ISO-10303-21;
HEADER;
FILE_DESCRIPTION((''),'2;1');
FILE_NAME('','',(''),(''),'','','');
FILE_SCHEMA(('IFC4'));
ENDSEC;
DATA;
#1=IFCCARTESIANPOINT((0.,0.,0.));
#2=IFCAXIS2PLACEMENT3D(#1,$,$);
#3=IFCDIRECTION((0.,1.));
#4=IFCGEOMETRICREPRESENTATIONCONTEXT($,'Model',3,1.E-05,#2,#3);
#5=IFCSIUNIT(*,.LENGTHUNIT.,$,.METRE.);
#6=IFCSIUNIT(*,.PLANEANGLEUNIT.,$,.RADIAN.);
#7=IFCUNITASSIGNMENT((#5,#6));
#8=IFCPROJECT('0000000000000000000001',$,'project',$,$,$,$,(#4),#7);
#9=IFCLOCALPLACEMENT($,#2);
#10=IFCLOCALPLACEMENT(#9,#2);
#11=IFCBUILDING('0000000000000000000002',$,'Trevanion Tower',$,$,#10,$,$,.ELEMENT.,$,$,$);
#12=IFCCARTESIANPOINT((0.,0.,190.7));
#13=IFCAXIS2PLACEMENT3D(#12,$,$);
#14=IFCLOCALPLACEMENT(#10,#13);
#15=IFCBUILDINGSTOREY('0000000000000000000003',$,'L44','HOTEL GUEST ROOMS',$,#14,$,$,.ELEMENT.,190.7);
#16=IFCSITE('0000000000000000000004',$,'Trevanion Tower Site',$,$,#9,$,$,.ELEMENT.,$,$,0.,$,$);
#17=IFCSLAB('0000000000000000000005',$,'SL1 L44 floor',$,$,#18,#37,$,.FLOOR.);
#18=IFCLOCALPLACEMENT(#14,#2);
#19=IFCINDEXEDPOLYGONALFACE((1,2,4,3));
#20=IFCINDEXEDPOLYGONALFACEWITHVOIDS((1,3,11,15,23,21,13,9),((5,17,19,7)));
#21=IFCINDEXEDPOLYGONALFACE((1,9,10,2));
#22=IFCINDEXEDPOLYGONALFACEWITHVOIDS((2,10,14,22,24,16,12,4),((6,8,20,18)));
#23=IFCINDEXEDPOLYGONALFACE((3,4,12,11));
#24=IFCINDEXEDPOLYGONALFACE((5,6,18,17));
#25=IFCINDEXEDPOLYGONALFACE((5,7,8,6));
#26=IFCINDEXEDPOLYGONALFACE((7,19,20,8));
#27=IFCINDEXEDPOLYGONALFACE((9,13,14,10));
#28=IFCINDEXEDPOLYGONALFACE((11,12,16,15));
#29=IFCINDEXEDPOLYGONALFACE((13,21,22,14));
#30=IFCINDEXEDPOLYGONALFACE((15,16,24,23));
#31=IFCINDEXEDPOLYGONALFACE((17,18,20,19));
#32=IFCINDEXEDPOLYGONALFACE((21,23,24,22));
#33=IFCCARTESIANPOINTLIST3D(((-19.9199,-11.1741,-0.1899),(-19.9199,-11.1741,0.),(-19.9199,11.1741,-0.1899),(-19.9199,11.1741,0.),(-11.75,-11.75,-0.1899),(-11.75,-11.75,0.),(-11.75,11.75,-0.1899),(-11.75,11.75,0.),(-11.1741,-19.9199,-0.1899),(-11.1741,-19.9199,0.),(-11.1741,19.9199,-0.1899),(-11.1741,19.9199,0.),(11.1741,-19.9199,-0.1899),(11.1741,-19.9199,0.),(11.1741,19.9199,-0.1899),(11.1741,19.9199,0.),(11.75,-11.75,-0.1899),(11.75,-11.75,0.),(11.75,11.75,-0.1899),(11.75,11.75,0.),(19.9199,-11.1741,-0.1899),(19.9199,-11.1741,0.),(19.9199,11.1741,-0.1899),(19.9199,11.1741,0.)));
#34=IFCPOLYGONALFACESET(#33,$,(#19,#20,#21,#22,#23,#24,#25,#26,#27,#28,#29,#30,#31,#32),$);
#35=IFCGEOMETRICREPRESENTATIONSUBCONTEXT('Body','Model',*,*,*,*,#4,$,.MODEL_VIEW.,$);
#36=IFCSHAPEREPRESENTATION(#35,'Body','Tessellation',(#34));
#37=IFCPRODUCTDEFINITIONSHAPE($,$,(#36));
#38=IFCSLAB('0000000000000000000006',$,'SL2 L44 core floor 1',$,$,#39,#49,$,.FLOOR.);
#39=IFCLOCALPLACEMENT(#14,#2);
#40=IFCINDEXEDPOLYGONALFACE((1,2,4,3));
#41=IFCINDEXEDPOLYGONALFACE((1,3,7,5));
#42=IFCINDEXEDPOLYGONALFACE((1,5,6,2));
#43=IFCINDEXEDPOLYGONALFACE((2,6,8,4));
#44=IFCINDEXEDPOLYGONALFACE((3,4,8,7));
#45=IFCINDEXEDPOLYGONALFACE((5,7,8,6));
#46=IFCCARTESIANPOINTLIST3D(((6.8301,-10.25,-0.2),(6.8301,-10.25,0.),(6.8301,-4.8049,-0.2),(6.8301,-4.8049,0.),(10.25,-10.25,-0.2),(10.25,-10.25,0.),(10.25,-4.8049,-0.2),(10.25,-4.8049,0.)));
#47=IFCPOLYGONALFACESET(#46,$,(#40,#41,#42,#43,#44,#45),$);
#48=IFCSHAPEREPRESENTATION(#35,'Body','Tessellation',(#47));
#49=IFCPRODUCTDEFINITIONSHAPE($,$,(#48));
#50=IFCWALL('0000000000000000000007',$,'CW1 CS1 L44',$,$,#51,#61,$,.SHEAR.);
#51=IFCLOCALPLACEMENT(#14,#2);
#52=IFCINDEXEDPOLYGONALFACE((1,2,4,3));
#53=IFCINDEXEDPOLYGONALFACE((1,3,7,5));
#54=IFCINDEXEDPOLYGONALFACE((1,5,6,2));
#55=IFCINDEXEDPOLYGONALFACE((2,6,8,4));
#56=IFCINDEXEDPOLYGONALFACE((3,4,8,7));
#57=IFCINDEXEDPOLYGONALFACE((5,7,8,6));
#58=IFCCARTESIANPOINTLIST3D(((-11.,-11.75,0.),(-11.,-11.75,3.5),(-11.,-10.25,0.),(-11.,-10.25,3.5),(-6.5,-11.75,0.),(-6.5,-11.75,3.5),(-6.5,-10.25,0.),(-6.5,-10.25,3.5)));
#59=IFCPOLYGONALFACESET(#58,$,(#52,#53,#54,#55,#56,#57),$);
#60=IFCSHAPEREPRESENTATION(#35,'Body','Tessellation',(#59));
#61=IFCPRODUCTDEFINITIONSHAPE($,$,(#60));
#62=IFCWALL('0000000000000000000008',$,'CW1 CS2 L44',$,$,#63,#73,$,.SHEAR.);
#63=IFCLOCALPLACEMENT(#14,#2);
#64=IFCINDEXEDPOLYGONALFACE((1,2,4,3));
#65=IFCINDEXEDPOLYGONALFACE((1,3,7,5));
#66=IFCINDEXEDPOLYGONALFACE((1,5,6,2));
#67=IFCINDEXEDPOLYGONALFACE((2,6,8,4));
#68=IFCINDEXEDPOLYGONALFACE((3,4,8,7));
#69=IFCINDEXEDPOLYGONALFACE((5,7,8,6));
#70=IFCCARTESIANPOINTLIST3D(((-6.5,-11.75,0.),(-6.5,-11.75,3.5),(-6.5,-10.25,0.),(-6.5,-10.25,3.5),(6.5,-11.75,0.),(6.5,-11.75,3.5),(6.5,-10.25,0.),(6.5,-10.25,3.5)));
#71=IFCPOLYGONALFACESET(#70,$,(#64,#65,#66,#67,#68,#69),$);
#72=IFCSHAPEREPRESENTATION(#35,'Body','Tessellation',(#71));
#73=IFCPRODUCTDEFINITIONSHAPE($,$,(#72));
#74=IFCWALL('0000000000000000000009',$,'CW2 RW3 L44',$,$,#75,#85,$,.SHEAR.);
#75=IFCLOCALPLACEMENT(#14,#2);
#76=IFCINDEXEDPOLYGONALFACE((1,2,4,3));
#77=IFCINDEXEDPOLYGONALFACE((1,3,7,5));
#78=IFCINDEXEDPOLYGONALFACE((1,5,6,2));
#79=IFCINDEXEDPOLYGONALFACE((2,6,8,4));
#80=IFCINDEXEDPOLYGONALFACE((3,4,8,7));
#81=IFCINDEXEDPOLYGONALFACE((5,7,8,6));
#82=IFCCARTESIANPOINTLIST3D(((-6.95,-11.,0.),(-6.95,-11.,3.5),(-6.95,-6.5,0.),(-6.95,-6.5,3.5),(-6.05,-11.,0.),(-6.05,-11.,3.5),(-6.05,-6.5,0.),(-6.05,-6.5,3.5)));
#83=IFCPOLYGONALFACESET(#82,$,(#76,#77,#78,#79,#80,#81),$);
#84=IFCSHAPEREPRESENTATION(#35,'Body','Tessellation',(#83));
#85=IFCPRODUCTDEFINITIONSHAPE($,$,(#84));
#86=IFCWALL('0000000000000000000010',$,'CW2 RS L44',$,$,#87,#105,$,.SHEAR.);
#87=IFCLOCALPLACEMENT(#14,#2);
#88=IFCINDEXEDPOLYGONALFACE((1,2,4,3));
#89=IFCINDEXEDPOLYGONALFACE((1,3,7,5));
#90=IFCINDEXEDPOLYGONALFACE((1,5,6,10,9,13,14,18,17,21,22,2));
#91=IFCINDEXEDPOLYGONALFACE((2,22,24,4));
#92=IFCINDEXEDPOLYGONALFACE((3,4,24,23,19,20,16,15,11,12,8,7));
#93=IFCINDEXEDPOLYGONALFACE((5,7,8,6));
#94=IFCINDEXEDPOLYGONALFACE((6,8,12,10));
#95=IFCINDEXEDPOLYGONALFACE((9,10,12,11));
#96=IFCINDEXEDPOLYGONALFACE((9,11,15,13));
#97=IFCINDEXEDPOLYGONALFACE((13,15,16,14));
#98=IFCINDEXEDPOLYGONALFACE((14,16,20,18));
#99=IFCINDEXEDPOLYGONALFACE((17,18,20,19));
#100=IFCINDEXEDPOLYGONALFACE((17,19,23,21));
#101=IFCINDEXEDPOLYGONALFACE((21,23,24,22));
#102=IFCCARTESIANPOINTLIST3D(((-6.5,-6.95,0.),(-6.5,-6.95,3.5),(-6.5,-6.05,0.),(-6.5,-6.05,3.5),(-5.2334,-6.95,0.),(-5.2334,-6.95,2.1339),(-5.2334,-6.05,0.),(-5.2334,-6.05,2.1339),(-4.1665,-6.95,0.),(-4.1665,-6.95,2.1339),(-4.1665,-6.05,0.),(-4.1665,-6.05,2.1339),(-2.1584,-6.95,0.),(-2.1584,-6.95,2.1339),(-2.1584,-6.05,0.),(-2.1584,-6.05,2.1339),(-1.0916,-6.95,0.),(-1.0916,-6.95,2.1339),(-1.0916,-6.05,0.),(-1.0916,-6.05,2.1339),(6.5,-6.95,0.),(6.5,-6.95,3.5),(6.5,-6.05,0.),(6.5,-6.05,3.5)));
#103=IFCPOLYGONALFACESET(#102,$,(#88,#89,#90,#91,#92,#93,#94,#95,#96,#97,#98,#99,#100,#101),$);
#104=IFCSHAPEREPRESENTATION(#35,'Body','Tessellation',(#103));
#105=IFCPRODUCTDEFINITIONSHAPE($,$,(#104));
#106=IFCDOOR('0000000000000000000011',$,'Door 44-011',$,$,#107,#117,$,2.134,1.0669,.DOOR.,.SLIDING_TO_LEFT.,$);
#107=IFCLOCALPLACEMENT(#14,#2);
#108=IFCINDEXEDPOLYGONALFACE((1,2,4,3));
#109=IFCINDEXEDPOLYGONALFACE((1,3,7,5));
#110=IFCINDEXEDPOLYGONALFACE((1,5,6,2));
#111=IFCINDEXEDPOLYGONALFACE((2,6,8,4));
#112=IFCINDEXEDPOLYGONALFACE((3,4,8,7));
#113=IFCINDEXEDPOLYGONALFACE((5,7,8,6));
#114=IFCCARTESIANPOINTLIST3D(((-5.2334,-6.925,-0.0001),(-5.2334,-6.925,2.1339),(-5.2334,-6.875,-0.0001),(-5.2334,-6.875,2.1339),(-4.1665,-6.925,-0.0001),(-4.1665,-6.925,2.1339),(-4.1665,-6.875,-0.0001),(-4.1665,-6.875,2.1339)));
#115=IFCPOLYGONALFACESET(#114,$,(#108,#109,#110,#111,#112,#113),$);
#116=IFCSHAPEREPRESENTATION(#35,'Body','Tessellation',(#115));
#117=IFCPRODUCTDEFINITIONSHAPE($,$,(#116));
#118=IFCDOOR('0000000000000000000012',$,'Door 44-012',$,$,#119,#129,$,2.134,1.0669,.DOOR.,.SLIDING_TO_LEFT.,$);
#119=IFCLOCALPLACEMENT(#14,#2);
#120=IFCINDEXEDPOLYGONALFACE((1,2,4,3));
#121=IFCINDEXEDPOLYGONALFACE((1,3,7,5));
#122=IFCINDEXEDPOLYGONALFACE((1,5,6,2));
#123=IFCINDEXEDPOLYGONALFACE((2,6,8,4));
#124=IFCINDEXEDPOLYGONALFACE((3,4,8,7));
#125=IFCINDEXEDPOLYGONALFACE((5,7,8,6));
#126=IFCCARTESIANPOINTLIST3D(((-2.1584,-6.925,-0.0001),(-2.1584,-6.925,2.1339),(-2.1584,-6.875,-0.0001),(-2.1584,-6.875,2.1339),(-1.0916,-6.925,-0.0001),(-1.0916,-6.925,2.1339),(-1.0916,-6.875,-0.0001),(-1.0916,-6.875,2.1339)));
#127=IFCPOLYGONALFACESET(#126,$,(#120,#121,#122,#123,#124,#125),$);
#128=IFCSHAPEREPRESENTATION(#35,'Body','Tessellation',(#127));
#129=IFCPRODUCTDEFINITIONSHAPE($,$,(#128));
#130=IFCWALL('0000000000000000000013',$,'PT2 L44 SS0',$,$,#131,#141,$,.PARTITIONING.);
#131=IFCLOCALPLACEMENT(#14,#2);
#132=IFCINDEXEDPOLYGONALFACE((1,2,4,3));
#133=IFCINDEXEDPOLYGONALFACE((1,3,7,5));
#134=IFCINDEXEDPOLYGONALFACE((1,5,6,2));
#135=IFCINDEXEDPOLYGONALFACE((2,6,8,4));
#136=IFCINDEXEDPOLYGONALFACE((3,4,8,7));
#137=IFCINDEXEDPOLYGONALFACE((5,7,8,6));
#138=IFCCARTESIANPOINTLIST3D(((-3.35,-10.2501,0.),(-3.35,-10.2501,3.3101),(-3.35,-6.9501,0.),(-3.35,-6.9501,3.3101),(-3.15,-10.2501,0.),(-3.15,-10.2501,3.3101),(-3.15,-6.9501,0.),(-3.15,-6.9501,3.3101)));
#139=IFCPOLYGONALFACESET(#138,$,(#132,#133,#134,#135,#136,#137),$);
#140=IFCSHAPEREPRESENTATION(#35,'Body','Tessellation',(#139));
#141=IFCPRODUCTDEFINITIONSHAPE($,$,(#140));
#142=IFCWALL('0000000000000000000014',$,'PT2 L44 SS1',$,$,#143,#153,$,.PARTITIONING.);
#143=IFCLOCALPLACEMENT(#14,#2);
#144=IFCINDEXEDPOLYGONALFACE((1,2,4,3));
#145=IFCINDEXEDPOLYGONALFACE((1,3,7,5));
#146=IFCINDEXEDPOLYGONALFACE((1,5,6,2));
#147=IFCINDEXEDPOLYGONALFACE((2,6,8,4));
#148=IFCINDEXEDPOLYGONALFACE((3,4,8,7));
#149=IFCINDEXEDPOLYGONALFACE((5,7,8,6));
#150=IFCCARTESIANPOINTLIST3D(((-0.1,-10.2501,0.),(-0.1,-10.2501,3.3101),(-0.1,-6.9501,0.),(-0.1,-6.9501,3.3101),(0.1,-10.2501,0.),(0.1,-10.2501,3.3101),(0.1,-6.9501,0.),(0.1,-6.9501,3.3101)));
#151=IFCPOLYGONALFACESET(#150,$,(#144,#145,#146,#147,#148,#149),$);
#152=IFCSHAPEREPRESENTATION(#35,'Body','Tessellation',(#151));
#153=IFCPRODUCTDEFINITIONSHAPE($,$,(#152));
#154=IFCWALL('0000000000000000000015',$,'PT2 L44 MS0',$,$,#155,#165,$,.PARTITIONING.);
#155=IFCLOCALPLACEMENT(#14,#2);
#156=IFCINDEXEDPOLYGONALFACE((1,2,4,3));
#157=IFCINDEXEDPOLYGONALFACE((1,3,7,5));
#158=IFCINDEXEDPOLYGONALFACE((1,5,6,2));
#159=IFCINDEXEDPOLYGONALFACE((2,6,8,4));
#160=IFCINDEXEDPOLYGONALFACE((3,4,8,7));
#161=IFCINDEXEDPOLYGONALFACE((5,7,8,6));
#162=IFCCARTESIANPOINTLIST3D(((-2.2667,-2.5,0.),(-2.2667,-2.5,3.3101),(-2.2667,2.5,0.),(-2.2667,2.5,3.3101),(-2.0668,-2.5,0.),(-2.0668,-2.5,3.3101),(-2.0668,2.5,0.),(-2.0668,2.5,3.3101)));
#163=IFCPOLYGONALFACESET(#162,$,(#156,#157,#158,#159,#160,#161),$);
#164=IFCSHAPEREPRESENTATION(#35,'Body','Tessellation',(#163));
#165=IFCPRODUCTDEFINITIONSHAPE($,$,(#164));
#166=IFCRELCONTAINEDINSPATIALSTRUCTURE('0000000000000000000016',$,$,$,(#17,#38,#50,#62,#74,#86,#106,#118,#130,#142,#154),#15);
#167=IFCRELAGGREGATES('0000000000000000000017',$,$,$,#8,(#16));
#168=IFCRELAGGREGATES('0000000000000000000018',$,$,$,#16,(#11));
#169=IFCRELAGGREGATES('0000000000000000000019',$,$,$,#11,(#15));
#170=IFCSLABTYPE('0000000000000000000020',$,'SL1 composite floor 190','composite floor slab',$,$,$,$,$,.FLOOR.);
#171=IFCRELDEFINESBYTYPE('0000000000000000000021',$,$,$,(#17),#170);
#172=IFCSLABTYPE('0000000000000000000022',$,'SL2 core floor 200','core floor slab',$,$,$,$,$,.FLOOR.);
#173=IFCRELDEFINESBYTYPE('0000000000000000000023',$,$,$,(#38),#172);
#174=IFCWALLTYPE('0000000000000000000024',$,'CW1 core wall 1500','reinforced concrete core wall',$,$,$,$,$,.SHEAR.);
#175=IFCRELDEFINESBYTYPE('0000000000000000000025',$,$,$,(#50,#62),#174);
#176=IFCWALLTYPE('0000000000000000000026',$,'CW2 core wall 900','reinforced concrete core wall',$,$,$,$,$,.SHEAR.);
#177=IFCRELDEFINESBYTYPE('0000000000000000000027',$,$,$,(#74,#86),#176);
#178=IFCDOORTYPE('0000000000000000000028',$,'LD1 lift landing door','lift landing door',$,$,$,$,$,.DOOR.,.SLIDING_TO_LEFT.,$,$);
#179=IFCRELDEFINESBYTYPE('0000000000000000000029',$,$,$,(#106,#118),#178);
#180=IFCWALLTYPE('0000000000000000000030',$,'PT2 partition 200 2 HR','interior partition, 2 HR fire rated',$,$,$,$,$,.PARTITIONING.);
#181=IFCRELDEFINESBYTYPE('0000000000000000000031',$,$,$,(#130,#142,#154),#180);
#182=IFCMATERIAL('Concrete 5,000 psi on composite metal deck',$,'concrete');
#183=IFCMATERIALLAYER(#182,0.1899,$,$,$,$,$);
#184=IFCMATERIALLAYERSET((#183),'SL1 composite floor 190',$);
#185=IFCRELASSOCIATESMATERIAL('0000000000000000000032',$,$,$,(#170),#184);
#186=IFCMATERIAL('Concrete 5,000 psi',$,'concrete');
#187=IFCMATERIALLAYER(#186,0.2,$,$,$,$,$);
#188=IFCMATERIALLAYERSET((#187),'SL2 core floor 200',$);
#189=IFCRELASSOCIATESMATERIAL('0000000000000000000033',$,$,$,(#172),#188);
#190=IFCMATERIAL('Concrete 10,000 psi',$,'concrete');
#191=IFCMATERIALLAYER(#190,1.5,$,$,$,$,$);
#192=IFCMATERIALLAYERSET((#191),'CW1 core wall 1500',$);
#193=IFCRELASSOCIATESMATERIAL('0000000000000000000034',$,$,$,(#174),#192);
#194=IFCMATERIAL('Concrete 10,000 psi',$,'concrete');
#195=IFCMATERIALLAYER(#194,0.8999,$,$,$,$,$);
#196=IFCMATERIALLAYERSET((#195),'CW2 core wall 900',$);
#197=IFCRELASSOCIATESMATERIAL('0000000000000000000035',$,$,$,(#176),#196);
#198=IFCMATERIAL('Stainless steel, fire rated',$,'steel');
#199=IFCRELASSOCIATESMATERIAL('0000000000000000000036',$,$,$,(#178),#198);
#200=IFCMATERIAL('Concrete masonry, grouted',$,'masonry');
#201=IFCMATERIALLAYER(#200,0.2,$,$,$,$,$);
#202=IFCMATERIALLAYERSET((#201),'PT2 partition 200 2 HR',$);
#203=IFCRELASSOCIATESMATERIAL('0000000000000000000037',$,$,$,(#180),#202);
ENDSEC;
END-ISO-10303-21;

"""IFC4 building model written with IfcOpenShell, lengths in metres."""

from ifc_helpers import new_model, si_unit, direction, frame, frame_2d, origin, place, context, subcontext, project, spatial, polyline, rectangle, outline, extrude, material, layer, layer_set, type_object, element, fill, save


model = new_model("IFC4")

# Units and contexts
model_context = context("Model", 3, precision=1e-05, world=origin(), true_north=direction((0.0, 1.0)))
body_context = subcontext(model_context, "Body", "Model", "MODEL_VIEW")
ifc_project = project(units=[si_unit("LENGTHUNIT", "METRE"), si_unit("PLANEANGLEUNIT", "RADIAN")], contexts=[model_context])

# Site, building, storey
site_placement = place(None, origin())
site = spatial("IfcSite", under=ifc_project, at=site_placement, Name="Trevanion Tower Site", CompositionType="ELEMENT", RefElevation=0.0)
building_placement = place(site_placement, origin())
building = spatial("IfcBuilding", under=site, at=building_placement, Name="Trevanion Tower", CompositionType="ELEMENT")
storey_placement = place(building_placement, frame((0.0, 0.0, 190.7)))
storey = spatial("IfcBuildingStorey", under=building, at=storey_placement, Name="L44", Description="HOTEL GUEST ROOMS", CompositionType="ELEMENT", Elevation=190.7)

# Slabs
ifc_material_1 = material(Name="Concrete 5,000 psi on composite metal deck", Category="concrete")
ifc_layer_1 = layer(ifc_material_1, 0.1899)
ifc_layer_set_1 = layer_set([ifc_layer_1], Name="SL1 composite floor 190")
slab_type_1 = type_object("IfcSlabType", Name="SL1 composite floor 190", Description="composite floor slab", PredefinedType="FLOOR", material=ifc_layer_set_1)
slab_1_placement = place(storey_placement, frame((0.0, 0.0, -0.1899)))
element("IfcSlab", 1, at=slab_1_placement, inside=storey, type_object=slab_type_1, Name="SL1 L44 floor", PredefinedType="FLOOR", context=body_context, shape_type="SweptSolid", body=[
    extrude(outline(polyline([(19.9199, -11.1741), (19.9199, 11.1741), (11.1741, 19.9199), (-11.1741, 19.9199), (-19.9199, 11.1741), (-19.9199, -11.1741), (-11.1741, -19.9199), (11.1741, -19.9199), (19.9199, -11.1741)]), holes=[polyline([(11.75, -11.75), (11.75, 11.75), (-11.75, 11.75), (-11.75, -11.75), (11.75, -11.75)])]), origin(), (0.0, 0.0, 1.0), 0.1899),
])
ifc_material_2 = material(Name="Concrete 5,000 psi", Category="concrete")
ifc_layer_2 = layer(ifc_material_2, 0.2)
ifc_layer_set_2 = layer_set([ifc_layer_2], Name="SL2 core floor 200")
slab_type_2 = type_object("IfcSlabType", Name="SL2 core floor 200", Description="core floor slab", PredefinedType="FLOOR", material=ifc_layer_set_2)
slab_2_placement = place(storey_placement, frame((0.0, 0.0, -0.2)))
element("IfcSlab", 2, at=slab_2_placement, inside=storey, type_object=slab_type_2, Name="SL2 L44 core floor 1", PredefinedType="FLOOR", context=body_context, shape_type="SweptSolid", body=[
    extrude(outline(polyline([(10.25, -4.8049), (10.25, -10.25), (6.8301, -10.25), (6.8301, -4.8049), (10.25, -4.8049)])), origin(), (0.0, 0.0, 1.0), 0.2),
])

# Walls
ifc_material_3 = material(Name="Concrete 10,000 psi", Category="concrete")
ifc_layer_3 = layer(ifc_material_3, 1.5)
ifc_layer_set_3 = layer_set([ifc_layer_3], Name="CW1 core wall 1500")
wall_type_1 = type_object("IfcWallType", Name="CW1 core wall 1500", Description="reinforced concrete core wall", PredefinedType="SHEAR", material=ifc_layer_set_3)
wall_1_placement = place(storey_placement, frame((-11.0, -11.0, 0.0), z_axis=(0.0, 0.0, 1.0), x_axis=(1.0, 0.0, 0.0)))
element("IfcWall", 3, at=wall_1_placement, inside=storey, type_object=wall_type_1, Name="CW1 CS1 L44", PredefinedType="SHEAR", context=body_context, shape_type="SweptSolid", body=[
    extrude(rectangle(XDim=4.5, YDim=1.5, at=frame_2d((2.25, 0.0))), origin(), (0.0, 0.0, 1.0), 3.5),
])
wall_2_placement = place(storey_placement, frame((-6.5, -11.0, 0.0), z_axis=(0.0, 0.0, 1.0), x_axis=(1.0, 0.0, 0.0)))
element("IfcWall", 4, at=wall_2_placement, inside=storey, type_object=wall_type_1, Name="CW1 CS2 L44", PredefinedType="SHEAR", context=body_context, shape_type="SweptSolid", body=[
    extrude(rectangle(XDim=13.0, YDim=1.5, at=frame_2d((6.5, 0.0))), origin(), (0.0, 0.0, 1.0), 3.5),
])
ifc_material_4 = material(Name="Concrete 10,000 psi", Category="concrete")
ifc_layer_4 = layer(ifc_material_4, 0.8999)
ifc_layer_set_4 = layer_set([ifc_layer_4], Name="CW2 core wall 900")
wall_type_2 = type_object("IfcWallType", Name="CW2 core wall 900", Description="reinforced concrete core wall", PredefinedType="SHEAR", material=ifc_layer_set_4)
wall_3_placement = place(storey_placement, frame((-6.5, -6.5, 0.0), z_axis=(0.0, 0.0, 1.0), x_axis=(0.0, -1.0, 0.0)))
element("IfcWall", 5, at=wall_3_placement, inside=storey, type_object=wall_type_2, Name="CW2 RW3 L44", PredefinedType="SHEAR", context=body_context, shape_type="SweptSolid", body=[
    extrude(rectangle(XDim=4.5, YDim=0.8999, at=frame_2d((2.25, 0.0))), origin(), (0.0, 0.0, 1.0), 3.5),
])

# Wall, openings, doors
wall_4_placement = place(storey_placement, frame((-6.5, -6.5, 0.0), z_axis=(0.0, 0.0, 1.0), x_axis=(1.0, 0.0, 0.0)))
wall_4 = element("IfcWall", 6, at=wall_4_placement, inside=storey, type_object=wall_type_2, Name="CW2 RS L44", PredefinedType="SHEAR", context=body_context, shape_type="SweptSolid", body=[
    extrude(rectangle(XDim=13.0, YDim=0.8999, at=frame_2d((6.5, 0.0))), origin(), (0.0, 0.0, 1.0), 3.5),
])
opening_1_placement = place(wall_4_placement, frame((1.2666, 0.0, 0.0)))
opening_1 = element("IfcOpeningElement", 7, at=opening_1_placement, cuts=wall_4, PredefinedType="OPENING", context=body_context, shape_type="SweptSolid", body=[
    extrude(rectangle(XDim=1.0669, YDim=2.134, at=frame_2d((0.5334, 1.0669))), frame((0.0, 0.46, 0.0), z_axis=(0.0, -1.0, 0.0), x_axis=(1.0, 0.0, 0.0)), (0.0, 0.0, 1.0), 0.9199),
])
opening_2_placement = place(wall_4_placement, frame((4.3416, 0.0, 0.0)))
opening_2 = element("IfcOpeningElement", 8, at=opening_2_placement, cuts=wall_4, PredefinedType="OPENING", context=body_context, shape_type="SweptSolid", body=[
    extrude(rectangle(XDim=1.0669, YDim=2.134, at=frame_2d((0.5334, 1.0669))), frame((0.0, 0.46, 0.0), z_axis=(0.0, -1.0, 0.0), x_axis=(1.0, 0.0, 0.0)), (0.0, 0.0, 1.0), 0.9199),
])
ifc_material_5 = material(Name="Stainless steel, fire rated", Category="steel")
door_type_1 = type_object("IfcDoorType", Name="LD1 lift landing door", Description="lift landing door", OperationType="SLIDING_TO_LEFT", PredefinedType="DOOR", material=ifc_material_5)
door_1_placement = place(opening_1_placement, origin())
door_1 = element("IfcDoor", 9, at=door_1_placement, inside=storey, type_object=door_type_1, Name="Door 44-011", OperationType="SLIDING_TO_LEFT", OverallHeight=2.134, OverallWidth=1.0669, PredefinedType="DOOR", context=body_context, shape_type="SweptSolid", body=[
    extrude(rectangle(XDim=1.0669, YDim=2.134, at=frame_2d((0.5334, 1.0669))), frame((0.0, -0.375, 0.0), z_axis=(0.0, -1.0, 0.0), x_axis=(1.0, 0.0, 0.0)), (0.0, 0.0, 1.0), 0.05),
])
fill(opening_1, door_1)
door_2_placement = place(opening_2_placement, origin())
door_2 = element("IfcDoor", 10, at=door_2_placement, inside=storey, type_object=door_type_1, Name="Door 44-012", OperationType="SLIDING_TO_LEFT", OverallHeight=2.134, OverallWidth=1.0669, PredefinedType="DOOR", context=body_context, shape_type="SweptSolid", body=[
    extrude(rectangle(XDim=1.0669, YDim=2.134, at=frame_2d((0.5334, 1.0669))), frame((0.0, -0.375, 0.0), z_axis=(0.0, -1.0, 0.0), x_axis=(1.0, 0.0, 0.0)), (0.0, 0.0, 1.0), 0.05),
])
fill(opening_2, door_2)

# Walls
ifc_material_6 = material(Name="Concrete masonry, grouted", Category="masonry")
ifc_layer_5 = layer(ifc_material_6, 0.2)
ifc_layer_set_5 = layer_set([ifc_layer_5], Name="PT2 partition 200 2 HR")
wall_type_3 = type_object("IfcWallType", Name="PT2 partition 200 2 HR", Description="interior partition, 2 HR fire rated", PredefinedType="PARTITIONING", material=ifc_layer_set_5)
for number, where, z_axis, x_axis, name in (
    (11, (-3.25, -10.25, 0.0), (0.0, 0.0, 1.0), (0.0, 1.0, 0.0), "PT2 L44 SS0"),
    (12, (0.0, -10.25, 0.0), (0.0, 0.0, 1.0), (0.0, 1.0, 0.0), "PT2 L44 SS1"),
):
    element("IfcWall", number, at=place(storey_placement, frame(where, z_axis=z_axis, x_axis=x_axis)), inside=storey, type_object=wall_type_3, Name=name, PredefinedType="PARTITIONING", context=body_context, shape_type="SweptSolid", body=[
        extrude(rectangle(XDim=3.3, YDim=0.2, at=frame_2d((1.6499, 0.0))), origin(), (0.0, 0.0, 1.0), 3.3101),
    ])
wall_5_placement = place(storey_placement, frame((-2.1667, -2.5, 0.0), z_axis=(0.0, 0.0, 1.0), x_axis=(0.0, 1.0, 0.0)))
element("IfcWall", 13, at=wall_5_placement, inside=storey, type_object=wall_type_3, Name="PT2 L44 MS0", PredefinedType="PARTITIONING", context=body_context, shape_type="SweptSolid", body=[
    extrude(rectangle(XDim=5.0, YDim=0.2, at=frame_2d((2.5, 0.0))), origin(), (0.0, 0.0, 1.0), 3.3101),
])

save(model, "model.ifc")
